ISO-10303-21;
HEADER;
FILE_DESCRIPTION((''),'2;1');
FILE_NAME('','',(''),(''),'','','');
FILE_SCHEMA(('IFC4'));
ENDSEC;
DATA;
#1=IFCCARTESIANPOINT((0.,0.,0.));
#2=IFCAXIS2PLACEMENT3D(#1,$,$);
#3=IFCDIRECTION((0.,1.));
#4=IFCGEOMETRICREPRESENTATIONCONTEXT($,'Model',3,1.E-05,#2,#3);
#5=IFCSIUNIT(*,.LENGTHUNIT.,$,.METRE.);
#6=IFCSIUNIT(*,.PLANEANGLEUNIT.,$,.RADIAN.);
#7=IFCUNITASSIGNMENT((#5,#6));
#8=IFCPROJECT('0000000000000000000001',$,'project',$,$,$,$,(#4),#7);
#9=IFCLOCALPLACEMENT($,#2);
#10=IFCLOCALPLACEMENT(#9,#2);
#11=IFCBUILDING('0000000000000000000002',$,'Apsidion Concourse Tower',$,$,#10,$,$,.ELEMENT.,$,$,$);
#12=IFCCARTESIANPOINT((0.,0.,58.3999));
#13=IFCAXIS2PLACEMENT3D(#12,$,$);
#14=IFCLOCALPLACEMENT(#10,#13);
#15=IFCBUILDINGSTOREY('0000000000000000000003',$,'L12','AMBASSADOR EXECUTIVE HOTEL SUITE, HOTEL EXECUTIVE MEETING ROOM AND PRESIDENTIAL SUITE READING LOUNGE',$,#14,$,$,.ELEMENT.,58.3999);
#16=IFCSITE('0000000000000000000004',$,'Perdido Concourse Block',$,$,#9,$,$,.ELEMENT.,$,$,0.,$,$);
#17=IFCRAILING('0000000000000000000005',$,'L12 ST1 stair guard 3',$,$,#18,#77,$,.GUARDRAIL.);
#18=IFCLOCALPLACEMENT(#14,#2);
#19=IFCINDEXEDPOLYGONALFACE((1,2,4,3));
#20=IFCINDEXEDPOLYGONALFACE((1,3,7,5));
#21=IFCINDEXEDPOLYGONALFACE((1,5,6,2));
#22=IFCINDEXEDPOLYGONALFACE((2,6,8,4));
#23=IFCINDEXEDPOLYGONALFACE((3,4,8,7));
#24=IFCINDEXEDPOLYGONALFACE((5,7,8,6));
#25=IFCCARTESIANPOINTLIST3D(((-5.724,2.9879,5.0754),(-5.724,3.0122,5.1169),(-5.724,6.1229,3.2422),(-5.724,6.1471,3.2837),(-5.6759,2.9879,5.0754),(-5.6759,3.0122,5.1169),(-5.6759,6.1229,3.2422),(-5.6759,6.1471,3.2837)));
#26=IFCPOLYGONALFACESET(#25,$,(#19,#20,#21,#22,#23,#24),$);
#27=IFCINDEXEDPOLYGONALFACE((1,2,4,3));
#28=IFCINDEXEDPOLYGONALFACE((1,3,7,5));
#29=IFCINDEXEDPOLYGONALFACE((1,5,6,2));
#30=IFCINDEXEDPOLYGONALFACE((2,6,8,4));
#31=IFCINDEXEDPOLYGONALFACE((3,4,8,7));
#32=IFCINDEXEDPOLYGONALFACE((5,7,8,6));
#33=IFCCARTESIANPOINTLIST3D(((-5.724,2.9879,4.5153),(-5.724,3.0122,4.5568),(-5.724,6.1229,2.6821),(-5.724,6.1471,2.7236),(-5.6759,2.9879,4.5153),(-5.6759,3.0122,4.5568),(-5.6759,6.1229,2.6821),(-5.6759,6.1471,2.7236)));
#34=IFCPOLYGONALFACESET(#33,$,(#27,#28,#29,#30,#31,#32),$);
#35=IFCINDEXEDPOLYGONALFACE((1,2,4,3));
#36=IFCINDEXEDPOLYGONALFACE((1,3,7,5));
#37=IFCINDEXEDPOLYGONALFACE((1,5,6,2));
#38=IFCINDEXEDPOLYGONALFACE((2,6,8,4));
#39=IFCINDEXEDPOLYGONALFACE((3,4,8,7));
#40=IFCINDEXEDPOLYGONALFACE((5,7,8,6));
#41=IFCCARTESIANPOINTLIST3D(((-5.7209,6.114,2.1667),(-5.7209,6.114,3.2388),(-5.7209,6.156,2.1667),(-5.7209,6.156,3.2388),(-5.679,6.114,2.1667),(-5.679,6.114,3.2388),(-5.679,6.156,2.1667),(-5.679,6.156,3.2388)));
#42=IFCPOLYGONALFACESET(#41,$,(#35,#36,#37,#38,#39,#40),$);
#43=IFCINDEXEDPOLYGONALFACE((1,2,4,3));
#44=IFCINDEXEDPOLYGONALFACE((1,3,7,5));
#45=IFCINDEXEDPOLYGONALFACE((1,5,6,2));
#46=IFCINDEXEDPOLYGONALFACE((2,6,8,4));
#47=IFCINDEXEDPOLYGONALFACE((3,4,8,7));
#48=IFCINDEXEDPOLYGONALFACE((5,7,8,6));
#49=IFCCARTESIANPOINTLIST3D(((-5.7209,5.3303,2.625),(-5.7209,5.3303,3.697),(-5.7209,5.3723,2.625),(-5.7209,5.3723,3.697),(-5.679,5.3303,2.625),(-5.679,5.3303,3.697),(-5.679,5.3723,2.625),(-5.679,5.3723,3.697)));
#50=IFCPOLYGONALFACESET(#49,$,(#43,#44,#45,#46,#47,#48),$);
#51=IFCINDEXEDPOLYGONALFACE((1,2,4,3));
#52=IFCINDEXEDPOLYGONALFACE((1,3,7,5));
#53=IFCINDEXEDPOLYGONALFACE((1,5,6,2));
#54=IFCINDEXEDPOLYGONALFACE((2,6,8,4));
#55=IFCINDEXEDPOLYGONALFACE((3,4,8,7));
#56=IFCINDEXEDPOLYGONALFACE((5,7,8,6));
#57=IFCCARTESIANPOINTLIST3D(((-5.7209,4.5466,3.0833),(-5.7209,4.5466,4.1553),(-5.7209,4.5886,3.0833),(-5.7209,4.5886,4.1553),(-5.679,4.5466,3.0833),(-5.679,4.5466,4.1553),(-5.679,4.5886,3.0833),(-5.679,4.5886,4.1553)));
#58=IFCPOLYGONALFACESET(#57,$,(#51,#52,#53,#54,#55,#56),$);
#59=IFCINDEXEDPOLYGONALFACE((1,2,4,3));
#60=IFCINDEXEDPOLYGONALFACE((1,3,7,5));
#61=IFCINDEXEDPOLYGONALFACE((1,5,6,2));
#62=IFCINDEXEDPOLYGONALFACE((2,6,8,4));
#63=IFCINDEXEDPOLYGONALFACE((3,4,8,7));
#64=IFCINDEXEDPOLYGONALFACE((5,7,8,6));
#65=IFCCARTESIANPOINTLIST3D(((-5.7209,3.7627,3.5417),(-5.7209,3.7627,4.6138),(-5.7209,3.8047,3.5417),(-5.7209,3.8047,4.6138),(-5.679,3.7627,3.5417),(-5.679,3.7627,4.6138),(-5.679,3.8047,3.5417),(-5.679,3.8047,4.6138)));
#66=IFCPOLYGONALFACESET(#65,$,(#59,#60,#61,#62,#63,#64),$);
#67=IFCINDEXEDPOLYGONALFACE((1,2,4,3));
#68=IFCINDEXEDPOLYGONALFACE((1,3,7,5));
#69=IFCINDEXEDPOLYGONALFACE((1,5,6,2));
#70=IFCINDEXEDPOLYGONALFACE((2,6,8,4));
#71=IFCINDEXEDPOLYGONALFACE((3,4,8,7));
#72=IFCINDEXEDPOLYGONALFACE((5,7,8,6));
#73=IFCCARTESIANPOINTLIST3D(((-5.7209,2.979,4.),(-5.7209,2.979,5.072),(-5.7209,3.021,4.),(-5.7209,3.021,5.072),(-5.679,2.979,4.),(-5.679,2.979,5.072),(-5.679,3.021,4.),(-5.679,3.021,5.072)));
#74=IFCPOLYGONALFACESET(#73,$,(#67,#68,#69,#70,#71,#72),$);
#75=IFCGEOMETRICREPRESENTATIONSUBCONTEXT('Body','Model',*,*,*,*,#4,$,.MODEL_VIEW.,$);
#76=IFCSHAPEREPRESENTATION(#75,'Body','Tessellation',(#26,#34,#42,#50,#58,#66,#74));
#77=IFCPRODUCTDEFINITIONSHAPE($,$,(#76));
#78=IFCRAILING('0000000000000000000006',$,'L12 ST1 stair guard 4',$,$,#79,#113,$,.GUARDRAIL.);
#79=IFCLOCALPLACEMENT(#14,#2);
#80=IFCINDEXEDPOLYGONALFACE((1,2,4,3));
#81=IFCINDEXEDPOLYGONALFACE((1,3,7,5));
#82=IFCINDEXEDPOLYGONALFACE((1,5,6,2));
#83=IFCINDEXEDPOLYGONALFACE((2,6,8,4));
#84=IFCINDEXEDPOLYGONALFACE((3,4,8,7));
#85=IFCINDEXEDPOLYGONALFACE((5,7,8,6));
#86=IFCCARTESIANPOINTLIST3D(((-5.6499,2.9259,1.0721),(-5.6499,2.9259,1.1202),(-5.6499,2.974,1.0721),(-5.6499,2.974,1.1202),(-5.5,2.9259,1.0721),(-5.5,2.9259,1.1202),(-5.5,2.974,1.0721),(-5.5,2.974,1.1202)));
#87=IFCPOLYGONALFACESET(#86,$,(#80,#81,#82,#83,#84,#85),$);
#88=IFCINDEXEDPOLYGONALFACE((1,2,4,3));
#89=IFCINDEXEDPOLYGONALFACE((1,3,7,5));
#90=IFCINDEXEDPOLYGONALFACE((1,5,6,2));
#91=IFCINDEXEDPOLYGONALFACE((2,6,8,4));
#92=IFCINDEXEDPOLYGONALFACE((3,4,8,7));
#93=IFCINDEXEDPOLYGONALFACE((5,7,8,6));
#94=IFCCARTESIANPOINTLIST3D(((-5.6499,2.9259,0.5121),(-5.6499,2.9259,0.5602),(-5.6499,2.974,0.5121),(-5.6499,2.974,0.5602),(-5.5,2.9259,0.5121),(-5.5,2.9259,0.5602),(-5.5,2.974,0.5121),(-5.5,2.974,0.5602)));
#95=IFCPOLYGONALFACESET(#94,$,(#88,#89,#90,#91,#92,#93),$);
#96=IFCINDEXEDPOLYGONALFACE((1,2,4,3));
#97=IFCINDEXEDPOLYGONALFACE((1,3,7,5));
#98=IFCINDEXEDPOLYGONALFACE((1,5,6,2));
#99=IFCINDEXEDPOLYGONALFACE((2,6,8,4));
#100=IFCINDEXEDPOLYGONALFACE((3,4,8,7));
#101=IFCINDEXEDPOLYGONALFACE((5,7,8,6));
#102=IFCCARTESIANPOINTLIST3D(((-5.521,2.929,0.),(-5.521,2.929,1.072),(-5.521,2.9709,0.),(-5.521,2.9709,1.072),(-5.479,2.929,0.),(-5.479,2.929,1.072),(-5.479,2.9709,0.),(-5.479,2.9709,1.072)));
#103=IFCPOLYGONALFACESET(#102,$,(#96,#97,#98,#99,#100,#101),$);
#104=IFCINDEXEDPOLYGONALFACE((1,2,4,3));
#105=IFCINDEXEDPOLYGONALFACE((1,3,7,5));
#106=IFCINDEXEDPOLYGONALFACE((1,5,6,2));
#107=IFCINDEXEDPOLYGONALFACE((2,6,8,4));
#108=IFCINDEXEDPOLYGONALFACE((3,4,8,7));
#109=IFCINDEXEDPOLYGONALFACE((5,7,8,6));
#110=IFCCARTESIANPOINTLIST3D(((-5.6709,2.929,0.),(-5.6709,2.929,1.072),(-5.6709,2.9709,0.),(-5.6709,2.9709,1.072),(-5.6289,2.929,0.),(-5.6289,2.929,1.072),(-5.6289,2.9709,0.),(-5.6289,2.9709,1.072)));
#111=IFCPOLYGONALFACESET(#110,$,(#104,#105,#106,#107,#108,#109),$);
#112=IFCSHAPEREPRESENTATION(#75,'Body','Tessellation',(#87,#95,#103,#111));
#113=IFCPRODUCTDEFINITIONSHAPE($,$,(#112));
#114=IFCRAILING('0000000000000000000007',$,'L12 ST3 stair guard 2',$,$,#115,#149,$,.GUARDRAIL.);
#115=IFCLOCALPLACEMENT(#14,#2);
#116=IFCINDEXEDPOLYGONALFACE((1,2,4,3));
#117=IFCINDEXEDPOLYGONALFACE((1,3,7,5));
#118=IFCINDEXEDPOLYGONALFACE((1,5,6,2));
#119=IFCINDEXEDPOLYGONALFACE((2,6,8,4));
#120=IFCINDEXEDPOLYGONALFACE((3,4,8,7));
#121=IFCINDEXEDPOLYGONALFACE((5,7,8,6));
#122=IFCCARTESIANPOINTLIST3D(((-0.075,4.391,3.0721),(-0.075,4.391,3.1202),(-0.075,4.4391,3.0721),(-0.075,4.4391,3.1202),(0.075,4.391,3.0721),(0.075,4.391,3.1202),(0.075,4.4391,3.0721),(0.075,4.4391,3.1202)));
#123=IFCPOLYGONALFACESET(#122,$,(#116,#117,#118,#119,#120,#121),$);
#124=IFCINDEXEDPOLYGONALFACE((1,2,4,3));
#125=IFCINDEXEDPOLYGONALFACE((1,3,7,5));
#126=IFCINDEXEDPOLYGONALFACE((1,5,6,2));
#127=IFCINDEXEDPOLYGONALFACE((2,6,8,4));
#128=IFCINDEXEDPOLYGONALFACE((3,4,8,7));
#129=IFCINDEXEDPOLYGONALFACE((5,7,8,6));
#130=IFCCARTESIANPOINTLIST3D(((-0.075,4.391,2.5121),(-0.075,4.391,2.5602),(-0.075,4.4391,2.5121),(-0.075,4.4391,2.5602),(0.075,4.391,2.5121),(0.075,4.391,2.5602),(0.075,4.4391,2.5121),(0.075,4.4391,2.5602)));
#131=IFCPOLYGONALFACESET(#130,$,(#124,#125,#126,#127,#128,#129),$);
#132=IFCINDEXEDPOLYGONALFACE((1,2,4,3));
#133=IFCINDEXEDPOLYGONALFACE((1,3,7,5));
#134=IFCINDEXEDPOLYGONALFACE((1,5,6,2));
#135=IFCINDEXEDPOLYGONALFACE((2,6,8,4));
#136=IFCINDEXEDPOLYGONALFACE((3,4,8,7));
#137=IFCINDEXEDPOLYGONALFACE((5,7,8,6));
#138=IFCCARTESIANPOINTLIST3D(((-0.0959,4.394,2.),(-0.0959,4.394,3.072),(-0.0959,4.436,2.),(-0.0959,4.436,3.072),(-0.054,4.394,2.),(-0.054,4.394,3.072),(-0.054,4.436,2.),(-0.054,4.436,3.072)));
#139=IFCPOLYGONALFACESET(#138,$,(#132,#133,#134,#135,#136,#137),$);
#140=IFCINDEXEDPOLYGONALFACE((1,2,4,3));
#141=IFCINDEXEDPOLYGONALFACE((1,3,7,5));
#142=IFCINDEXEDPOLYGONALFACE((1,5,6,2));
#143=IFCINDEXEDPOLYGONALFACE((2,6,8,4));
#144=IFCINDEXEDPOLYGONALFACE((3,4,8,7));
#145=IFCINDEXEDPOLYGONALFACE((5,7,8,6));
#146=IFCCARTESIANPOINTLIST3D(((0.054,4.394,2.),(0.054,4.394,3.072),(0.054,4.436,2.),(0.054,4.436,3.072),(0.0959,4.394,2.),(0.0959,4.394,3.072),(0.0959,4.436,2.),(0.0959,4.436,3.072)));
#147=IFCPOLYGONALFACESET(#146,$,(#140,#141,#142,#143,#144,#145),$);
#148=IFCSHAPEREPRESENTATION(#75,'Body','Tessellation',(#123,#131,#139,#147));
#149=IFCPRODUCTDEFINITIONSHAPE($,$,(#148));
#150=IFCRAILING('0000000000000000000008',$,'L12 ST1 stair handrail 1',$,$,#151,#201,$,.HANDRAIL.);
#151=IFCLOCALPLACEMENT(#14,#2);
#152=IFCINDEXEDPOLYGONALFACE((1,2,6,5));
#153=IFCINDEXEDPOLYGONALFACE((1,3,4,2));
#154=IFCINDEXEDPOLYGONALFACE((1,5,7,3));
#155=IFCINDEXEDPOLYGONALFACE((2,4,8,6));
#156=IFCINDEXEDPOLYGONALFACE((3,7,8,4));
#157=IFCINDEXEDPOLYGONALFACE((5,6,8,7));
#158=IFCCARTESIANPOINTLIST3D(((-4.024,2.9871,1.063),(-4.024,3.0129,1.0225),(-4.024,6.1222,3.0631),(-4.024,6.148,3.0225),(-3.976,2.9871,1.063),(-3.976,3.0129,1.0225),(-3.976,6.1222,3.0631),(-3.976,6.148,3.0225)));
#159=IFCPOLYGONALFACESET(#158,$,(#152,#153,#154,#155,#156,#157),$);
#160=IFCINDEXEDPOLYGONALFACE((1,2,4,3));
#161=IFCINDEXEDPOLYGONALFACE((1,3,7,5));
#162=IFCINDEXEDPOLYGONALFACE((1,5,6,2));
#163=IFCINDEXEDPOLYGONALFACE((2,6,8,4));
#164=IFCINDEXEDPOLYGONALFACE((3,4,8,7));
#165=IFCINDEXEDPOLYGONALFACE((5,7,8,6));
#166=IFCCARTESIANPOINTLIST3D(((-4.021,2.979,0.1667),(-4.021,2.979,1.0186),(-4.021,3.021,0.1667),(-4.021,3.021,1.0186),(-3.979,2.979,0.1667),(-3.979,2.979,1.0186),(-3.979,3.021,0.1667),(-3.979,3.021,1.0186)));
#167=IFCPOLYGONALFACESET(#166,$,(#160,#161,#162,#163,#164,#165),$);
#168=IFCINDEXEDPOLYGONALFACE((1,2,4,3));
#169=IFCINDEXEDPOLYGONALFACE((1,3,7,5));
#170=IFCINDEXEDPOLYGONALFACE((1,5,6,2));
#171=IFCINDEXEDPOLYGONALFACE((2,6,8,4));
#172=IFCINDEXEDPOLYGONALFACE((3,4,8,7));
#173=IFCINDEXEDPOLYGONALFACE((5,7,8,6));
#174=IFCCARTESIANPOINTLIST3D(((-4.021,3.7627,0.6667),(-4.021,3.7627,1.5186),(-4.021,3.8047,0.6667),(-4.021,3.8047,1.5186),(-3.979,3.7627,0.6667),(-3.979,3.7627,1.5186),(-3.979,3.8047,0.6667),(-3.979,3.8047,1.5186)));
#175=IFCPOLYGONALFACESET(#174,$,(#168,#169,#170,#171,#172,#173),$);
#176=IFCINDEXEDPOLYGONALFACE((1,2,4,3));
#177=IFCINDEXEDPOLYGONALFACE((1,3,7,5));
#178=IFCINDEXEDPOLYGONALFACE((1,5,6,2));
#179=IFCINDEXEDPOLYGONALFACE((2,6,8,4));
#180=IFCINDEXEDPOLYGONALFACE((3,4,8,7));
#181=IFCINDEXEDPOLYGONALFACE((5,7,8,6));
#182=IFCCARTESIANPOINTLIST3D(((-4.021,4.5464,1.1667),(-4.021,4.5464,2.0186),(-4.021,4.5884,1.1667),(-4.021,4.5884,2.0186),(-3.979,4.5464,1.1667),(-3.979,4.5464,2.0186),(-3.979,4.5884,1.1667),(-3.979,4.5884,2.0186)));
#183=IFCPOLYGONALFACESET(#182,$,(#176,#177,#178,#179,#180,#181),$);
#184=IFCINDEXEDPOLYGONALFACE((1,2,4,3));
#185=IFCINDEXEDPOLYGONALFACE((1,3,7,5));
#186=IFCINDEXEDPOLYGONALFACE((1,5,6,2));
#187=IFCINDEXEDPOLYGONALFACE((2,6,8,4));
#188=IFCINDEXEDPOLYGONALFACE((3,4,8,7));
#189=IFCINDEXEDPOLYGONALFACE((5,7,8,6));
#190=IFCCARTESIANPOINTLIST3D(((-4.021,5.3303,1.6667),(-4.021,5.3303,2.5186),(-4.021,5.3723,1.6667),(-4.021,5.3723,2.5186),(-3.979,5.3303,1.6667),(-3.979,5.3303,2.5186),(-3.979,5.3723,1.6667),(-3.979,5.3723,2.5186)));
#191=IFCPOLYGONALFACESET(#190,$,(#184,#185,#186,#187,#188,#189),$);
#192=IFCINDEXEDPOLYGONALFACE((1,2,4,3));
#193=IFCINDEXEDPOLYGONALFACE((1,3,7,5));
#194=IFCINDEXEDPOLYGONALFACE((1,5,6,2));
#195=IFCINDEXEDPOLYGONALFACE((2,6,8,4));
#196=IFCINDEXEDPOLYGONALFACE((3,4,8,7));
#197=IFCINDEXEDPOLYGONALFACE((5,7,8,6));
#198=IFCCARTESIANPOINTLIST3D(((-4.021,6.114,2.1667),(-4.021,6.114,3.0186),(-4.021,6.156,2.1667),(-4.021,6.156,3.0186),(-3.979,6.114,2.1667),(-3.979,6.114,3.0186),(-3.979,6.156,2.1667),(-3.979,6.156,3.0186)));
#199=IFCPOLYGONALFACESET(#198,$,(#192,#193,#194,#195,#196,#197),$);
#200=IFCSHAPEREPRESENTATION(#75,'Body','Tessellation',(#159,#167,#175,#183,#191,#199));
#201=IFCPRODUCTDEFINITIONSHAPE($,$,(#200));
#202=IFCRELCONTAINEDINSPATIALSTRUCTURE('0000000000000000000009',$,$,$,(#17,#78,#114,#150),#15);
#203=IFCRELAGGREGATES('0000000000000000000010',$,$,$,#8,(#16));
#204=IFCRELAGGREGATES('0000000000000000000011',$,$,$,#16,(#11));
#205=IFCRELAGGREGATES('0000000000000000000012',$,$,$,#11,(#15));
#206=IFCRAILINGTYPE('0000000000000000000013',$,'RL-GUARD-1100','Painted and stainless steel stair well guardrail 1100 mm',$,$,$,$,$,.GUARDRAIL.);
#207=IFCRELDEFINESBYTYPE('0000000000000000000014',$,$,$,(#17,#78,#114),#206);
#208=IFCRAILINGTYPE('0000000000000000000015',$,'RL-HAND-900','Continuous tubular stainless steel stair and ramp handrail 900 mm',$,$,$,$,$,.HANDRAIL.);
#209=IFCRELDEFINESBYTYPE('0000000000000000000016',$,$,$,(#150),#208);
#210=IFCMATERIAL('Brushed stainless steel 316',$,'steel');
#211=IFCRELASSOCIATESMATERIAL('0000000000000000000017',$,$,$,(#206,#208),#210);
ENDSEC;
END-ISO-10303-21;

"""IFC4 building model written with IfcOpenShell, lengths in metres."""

from ifc_helpers import new_model, si_unit, direction, frame, origin, origin_2d, place, context, subcontext, project, spatial, rectangle, extrude, material, type_object, element, save


model = new_model("IFC4")

# Units and contexts
model_context = context("Model", 3, precision=1e-05, world=origin(), true_north=direction((0.0, 1.0)))
body_context = subcontext(model_context, "Body", "Model", "MODEL_VIEW")
ifc_project = project(units=[si_unit("LENGTHUNIT", "METRE"), si_unit("PLANEANGLEUNIT", "RADIAN")], contexts=[model_context])

# Site, building, storey
site_placement = place(None, origin())
site = spatial("IfcSite", under=ifc_project, at=site_placement, Name="Perdido Concourse Block", CompositionType="ELEMENT", RefElevation=0.0)
building_placement = place(site_placement, origin())
building = spatial("IfcBuilding", under=site, at=building_placement, Name="Apsidion Concourse Tower", CompositionType="ELEMENT")
storey_placement = place(building_placement, frame((0.0, 0.0, 58.3999)))
storey = spatial("IfcBuildingStorey", under=building, at=storey_placement, Name="L12", Description="AMBASSADOR EXECUTIVE HOTEL SUITE, HOTEL EXECUTIVE MEETING ROOM AND PRESIDENTIAL SUITE READING LOUNGE", CompositionType="ELEMENT", Elevation=58.3999)

# Shared definitions
ifc_material_1 = material(Name="Brushed stainless steel 316", Category="steel")

# Railings
railing_type_1 = type_object("IfcRailingType", Name="RL-GUARD-1100", Description="Painted and stainless steel stair well guardrail 1100 mm", PredefinedType="GUARDRAIL", material=ifc_material_1)
railing_1_placement = place(storey_placement, frame((-5.7, 6.135, 2.1667)))
element("IfcRailing", 1, at=railing_1_placement, inside=storey, type_object=railing_type_1, Name="L12 ST1 stair guard 3", PredefinedType="GUARDRAIL", context=body_context, shape_type="SweptSolid", body=[
    extrude(rectangle(XDim=0.0481, YDim=0.0481, at=origin_2d()), frame((0.0, 0.0, 1.0962), z_axis=(0.0, -0.86324, 0.504794), x_axis=(1.0, 0.0, 0.0)), (0.0, 0.0, 1.0), 3.6316),
    extrude(rectangle(XDim=0.0481, YDim=0.0481, at=origin_2d()), frame((0.0, 0.0, 0.5361), z_axis=(0.0, -0.86324, 0.504794), x_axis=(1.0, 0.0, 0.0)), (0.0, 0.0, 1.0), 3.6316),
    extrude(rectangle(XDim=0.042, YDim=0.042, at=origin_2d()), origin(), (0.0, 0.0, 1.0), 1.072),
    extrude(rectangle(XDim=0.042, YDim=0.042, at=origin_2d()), frame((0.0, -0.7837, 0.4583)), (0.0, 0.0, 1.0), 1.072),
    extrude(rectangle(XDim=0.042, YDim=0.042, at=origin_2d()), frame((0.0, -1.5674, 0.9165)), (0.0, 0.0, 1.0), 1.072),
    extrude(rectangle(XDim=0.042, YDim=0.042, at=origin_2d()), frame((0.0, -2.3513, 1.375)), (0.0, 0.0, 1.0), 1.072),
    extrude(rectangle(XDim=0.042, YDim=0.042, at=origin_2d()), frame((0.0, -3.135, 1.8333)), (0.0, 0.0, 1.0), 1.072),
])
railing_2_placement = place(storey_placement, frame((-5.5, 2.95, 0.0)))
element("IfcRailing", 2, at=railing_2_placement, inside=storey, type_object=railing_type_1, Name="L12 ST1 stair guard 4", PredefinedType="GUARDRAIL", context=body_context, shape_type="SweptSolid", body=[
    extrude(rectangle(XDim=0.0481, YDim=0.0481, at=origin_2d()), frame((0.0, 0.0, 1.0962), z_axis=(-1.0, 0.0, 0.0), x_axis=(0.0, -1.0, 0.0)), (0.0, 0.0, 1.0), 0.1499),
    extrude(rectangle(XDim=0.0481, YDim=0.0481, at=origin_2d()), frame((0.0, 0.0, 0.5361), z_axis=(-1.0, 0.0, 0.0), x_axis=(0.0, -1.0, 0.0)), (0.0, 0.0, 1.0), 0.1499),
    extrude(rectangle(XDim=0.042, YDim=0.042, at=origin_2d()), origin(), (0.0, 0.0, 1.0), 1.072),
    extrude(rectangle(XDim=0.042, YDim=0.042, at=origin_2d()), frame((-0.1499, 0.0, 0.0)), (0.0, 0.0, 1.0), 1.072),
])
railing_3_placement = place(storey_placement, frame((-0.075, 4.415, 2.0)))
element("IfcRailing", 3, at=railing_3_placement, inside=storey, type_object=railing_type_1, Name="L12 ST3 stair guard 2", PredefinedType="GUARDRAIL", context=body_context, shape_type="SweptSolid", body=[
    extrude(rectangle(XDim=0.0481, YDim=0.0481, at=origin_2d()), frame((0.0, 0.0, 1.0962), z_axis=(1.0, 0.0, 0.0), x_axis=(0.0, 1.0, 0.0)), (0.0, 0.0, 1.0), 0.1499),
    extrude(rectangle(XDim=0.0481, YDim=0.0481, at=origin_2d()), frame((0.0, 0.0, 0.5361), z_axis=(1.0, 0.0, 0.0), x_axis=(0.0, 1.0, 0.0)), (0.0, 0.0, 1.0), 0.1499),
    extrude(rectangle(XDim=0.042, YDim=0.042, at=origin_2d()), origin(), (0.0, 0.0, 1.0), 1.072),
    extrude(rectangle(XDim=0.042, YDim=0.042, at=origin_2d()), frame((0.1499, 0.0, 0.0)), (0.0, 0.0, 1.0), 1.072),
])
railing_type_2 = type_object("IfcRailingType", Name="RL-HAND-900", Description="Continuous tubular stainless steel stair and ramp handrail 900 mm", PredefinedType="HANDRAIL", material=ifc_material_1)
railing_4_placement = place(storey_placement, frame((-4.0, 3.0, 0.1667)))
element("IfcRailing", 4, at=railing_4_placement, inside=storey, type_object=railing_type_2, Name="L12 ST1 stair handrail 1", PredefinedType="HANDRAIL", context=body_context, shape_type="SweptSolid", body=[
    extrude(rectangle(XDim=0.0481, YDim=0.0481, at=origin_2d()), frame((0.0, 0.0, 0.876), z_axis=(0.0, 0.843053, 0.537831), x_axis=(-1.0, 0.0, 0.0)), (0.0, 0.0, 1.0), 3.7188),
    extrude(rectangle(XDim=0.042, YDim=0.042, at=origin_2d()), origin(), (0.0, 0.0, 1.0), 0.8518),
    extrude(rectangle(XDim=0.042, YDim=0.042, at=origin_2d()), frame((0.0, 0.7837, 0.5)), (0.0, 0.0, 1.0), 0.8518),
    extrude(rectangle(XDim=0.042, YDim=0.042, at=origin_2d()), frame((0.0, 1.5674, 1.0)), (0.0, 0.0, 1.0), 0.8518),
    extrude(rectangle(XDim=0.042, YDim=0.042, at=origin_2d()), frame((0.0, 2.3513, 1.5)), (0.0, 0.0, 1.0), 0.8518),
    extrude(rectangle(XDim=0.042, YDim=0.042, at=origin_2d()), frame((0.0, 3.135, 2.0)), (0.0, 0.0, 1.0), 0.8518),
])

save(model, "model.ifc")
